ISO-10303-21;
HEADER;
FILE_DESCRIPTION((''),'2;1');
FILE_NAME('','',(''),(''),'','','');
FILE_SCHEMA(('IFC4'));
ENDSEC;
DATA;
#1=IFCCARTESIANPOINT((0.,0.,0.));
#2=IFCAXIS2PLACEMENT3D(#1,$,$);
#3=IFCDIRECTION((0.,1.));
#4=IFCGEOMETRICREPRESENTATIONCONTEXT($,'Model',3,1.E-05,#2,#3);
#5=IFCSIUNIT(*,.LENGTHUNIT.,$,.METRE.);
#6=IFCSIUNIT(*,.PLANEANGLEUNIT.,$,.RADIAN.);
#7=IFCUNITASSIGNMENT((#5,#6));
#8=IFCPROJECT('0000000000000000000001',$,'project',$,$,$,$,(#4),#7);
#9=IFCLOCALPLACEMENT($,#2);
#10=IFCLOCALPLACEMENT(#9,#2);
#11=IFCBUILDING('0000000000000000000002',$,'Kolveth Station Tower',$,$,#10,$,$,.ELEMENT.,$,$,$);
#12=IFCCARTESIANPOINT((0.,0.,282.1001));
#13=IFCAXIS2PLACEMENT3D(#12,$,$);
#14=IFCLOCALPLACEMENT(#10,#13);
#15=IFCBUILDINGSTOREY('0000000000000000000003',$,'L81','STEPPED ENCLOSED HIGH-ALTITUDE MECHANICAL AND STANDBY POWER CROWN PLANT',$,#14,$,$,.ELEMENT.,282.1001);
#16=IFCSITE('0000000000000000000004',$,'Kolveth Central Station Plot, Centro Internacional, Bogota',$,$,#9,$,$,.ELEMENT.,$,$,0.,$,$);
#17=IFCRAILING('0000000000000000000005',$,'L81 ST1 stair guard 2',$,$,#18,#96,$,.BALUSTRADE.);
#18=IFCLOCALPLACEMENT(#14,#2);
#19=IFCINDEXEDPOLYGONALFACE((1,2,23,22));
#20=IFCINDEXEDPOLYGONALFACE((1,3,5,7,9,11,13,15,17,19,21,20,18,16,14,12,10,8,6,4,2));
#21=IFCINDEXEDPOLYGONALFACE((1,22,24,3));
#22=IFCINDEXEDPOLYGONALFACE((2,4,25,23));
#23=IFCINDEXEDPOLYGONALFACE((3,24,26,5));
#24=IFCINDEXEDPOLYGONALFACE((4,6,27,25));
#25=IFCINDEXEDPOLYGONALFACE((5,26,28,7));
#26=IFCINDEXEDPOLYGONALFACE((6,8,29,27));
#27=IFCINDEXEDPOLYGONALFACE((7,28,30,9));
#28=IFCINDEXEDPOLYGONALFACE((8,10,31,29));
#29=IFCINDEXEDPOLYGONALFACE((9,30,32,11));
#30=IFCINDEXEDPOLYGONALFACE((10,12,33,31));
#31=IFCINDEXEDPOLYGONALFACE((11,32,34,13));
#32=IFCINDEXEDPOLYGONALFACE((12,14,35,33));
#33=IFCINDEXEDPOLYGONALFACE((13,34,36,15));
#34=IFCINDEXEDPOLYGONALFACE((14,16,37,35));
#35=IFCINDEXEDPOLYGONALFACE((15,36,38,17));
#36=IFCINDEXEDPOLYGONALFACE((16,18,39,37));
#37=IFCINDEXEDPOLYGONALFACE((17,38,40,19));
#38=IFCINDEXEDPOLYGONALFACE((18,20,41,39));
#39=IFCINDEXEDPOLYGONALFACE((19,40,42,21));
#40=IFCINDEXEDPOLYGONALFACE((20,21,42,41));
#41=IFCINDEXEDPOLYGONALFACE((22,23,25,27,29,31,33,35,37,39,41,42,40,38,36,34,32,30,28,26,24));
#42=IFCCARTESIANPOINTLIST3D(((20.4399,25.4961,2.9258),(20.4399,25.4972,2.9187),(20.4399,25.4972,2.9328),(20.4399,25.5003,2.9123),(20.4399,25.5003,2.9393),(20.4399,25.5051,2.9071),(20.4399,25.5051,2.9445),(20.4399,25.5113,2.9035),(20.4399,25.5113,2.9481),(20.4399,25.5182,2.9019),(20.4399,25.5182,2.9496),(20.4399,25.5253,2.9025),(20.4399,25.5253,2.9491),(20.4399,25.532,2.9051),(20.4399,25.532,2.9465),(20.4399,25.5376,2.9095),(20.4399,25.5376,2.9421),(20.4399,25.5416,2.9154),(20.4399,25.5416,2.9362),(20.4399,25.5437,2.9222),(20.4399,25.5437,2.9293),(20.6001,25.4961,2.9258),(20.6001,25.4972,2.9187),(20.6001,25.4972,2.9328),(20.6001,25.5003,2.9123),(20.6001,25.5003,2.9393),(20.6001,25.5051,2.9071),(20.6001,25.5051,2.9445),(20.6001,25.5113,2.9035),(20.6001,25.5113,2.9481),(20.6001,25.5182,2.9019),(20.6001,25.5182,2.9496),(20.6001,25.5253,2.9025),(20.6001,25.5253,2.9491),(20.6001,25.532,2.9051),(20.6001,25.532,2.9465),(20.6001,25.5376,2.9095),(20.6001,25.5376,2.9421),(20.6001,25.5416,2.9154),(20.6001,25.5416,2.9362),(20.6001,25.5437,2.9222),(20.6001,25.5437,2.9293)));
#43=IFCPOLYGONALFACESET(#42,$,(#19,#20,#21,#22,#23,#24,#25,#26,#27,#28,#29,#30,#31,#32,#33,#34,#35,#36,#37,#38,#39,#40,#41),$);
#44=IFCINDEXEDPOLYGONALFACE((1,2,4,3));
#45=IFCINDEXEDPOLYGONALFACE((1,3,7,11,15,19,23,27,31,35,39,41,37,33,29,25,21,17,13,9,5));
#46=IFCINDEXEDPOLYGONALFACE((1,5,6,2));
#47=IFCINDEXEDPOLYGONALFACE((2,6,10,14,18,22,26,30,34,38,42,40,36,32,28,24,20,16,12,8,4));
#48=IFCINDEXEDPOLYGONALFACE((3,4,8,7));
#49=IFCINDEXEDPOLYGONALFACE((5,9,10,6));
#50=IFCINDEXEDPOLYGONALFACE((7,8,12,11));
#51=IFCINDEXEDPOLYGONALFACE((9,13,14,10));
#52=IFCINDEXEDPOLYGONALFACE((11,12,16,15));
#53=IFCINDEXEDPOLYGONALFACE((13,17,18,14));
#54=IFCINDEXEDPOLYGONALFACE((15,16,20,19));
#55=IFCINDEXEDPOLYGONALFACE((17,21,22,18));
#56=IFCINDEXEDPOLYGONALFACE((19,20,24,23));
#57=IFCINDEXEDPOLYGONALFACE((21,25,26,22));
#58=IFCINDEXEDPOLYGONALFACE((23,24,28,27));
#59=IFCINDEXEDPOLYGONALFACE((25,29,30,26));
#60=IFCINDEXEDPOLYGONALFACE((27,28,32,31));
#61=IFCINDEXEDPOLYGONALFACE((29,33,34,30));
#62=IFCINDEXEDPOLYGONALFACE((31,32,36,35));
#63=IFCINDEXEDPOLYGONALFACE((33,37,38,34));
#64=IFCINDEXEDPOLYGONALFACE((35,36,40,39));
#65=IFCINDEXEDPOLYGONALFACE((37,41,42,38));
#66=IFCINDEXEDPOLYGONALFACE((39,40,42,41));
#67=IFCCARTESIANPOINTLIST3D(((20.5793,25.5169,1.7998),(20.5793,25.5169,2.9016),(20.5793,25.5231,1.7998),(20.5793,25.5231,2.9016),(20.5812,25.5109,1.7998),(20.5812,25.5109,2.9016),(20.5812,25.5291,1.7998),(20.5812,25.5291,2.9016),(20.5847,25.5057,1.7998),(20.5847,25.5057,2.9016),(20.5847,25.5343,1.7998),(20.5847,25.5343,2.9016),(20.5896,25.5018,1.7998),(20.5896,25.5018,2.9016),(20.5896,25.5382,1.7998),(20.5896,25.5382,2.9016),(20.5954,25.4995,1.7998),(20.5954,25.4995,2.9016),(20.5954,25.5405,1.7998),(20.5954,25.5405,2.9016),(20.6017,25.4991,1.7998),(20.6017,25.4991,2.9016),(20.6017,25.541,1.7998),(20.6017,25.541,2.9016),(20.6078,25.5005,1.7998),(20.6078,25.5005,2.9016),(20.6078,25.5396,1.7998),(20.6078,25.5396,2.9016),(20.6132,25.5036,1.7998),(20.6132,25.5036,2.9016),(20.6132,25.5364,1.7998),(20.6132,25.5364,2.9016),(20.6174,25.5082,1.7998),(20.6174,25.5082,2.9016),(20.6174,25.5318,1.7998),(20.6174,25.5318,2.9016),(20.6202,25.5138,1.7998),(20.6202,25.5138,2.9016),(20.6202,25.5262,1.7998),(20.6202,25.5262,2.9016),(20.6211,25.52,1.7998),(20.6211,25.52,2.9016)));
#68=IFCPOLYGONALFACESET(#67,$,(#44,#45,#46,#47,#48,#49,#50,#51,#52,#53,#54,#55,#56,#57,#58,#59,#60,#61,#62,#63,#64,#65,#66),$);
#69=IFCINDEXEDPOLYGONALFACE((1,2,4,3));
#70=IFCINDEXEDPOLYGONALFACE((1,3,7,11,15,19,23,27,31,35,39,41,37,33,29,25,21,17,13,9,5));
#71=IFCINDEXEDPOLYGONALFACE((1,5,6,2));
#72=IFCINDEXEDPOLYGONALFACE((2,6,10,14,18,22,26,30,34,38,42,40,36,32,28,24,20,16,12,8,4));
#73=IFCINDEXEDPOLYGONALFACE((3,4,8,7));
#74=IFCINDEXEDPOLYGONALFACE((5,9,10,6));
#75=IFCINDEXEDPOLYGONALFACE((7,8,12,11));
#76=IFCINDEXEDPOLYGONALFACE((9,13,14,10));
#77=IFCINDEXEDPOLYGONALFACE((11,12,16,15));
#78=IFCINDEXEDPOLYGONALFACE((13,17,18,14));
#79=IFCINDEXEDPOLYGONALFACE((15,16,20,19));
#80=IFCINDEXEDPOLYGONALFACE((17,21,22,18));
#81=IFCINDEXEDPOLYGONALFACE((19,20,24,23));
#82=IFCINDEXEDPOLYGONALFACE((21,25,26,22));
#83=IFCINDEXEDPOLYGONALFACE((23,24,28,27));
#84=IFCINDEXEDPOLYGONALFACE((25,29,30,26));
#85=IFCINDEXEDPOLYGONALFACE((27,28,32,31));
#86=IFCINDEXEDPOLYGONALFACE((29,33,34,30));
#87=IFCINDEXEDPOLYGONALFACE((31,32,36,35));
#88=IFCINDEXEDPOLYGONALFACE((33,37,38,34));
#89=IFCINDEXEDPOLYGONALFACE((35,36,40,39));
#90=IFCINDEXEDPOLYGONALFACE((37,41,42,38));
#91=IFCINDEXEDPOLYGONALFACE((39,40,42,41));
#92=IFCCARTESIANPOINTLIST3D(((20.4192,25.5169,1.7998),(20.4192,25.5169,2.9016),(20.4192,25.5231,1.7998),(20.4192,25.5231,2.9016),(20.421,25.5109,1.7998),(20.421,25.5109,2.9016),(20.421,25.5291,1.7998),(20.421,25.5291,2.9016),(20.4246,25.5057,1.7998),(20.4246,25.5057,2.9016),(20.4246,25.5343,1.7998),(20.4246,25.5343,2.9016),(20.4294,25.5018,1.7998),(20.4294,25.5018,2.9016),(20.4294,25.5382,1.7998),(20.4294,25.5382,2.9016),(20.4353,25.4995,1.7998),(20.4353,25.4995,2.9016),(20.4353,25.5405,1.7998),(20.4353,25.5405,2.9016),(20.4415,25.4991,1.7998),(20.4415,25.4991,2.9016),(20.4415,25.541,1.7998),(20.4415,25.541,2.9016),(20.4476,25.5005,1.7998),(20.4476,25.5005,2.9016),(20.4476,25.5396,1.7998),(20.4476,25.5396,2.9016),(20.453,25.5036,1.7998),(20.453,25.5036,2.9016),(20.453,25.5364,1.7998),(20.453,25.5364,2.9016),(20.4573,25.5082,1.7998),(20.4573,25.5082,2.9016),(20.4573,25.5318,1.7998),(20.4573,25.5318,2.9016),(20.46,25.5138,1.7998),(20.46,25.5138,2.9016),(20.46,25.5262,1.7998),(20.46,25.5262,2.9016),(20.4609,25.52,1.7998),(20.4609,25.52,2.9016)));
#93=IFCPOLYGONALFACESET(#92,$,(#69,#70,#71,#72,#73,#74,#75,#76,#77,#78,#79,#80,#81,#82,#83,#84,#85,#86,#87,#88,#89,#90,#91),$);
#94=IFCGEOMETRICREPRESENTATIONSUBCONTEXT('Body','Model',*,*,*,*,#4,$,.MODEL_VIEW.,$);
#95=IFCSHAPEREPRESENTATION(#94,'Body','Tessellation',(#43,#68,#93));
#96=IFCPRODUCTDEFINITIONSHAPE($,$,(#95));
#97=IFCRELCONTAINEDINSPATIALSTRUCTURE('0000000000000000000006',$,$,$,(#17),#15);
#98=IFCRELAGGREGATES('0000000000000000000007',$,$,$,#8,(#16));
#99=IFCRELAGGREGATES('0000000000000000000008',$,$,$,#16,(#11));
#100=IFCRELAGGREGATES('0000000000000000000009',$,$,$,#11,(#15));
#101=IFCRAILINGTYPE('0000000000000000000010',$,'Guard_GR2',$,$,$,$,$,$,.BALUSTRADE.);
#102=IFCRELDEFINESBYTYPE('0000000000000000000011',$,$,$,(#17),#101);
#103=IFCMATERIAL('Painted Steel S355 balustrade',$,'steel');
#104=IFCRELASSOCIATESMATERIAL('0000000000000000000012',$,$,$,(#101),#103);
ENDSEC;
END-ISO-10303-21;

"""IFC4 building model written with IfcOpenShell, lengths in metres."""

from ifc_helpers import new_model, si_unit, direction, frame, origin, origin_2d, place, context, subcontext, project, spatial, circle, extrude, material, type_object, element, save


model = new_model("IFC4")

# Units and contexts
model_context = context("Model", 3, precision=1e-05, world=origin(), true_north=direction((0.0, 1.0)))
body_context = subcontext(model_context, "Body", "Model", "MODEL_VIEW")
ifc_project = project(units=[si_unit("LENGTHUNIT", "METRE"), si_unit("PLANEANGLEUNIT", "RADIAN")], contexts=[model_context])

# Site, building, storey
site_placement = place(None, origin())
site = spatial("IfcSite", under=ifc_project, at=site_placement, Name="Kolveth Central Station Plot, Centro Internacional, Bogota", CompositionType="ELEMENT", RefElevation=0.0)
building_placement = place(site_placement, origin())
building = spatial("IfcBuilding", under=site, at=building_placement, Name="Kolveth Station Tower", CompositionType="ELEMENT")
storey_placement = place(building_placement, frame((0.0, 0.0, 282.1001)))
storey = spatial("IfcBuildingStorey", under=building, at=storey_placement, Name="L81", Description="STEPPED ENCLOSED HIGH-ALTITUDE MECHANICAL AND STANDBY POWER CROWN PLANT", CompositionType="ELEMENT", Elevation=282.1001)

# Railing
ifc_material_1 = material(Name="Painted Steel S355 balustrade", Category="steel")
railing_type_1 = type_object("IfcRailingType", Name="Guard_GR2", PredefinedType="BALUSTRADE", material=ifc_material_1)
railing_1_placement = place(storey_placement, frame((20.6001, 25.52, 1.7998)))
element("IfcRailing", 1, at=railing_1_placement, inside=storey, type_object=railing_type_1, Name="L81 ST1 stair guard 2", PredefinedType="BALUSTRADE", context=body_context, shape_type="SweptSolid", body=[
    extrude(circle(Radius=0.0239, at=origin_2d()), frame((0.0, 0.0, 1.126), z_axis=(-1.0, 0.0, 0.0), x_axis=(0.0, -1.0, 0.0)), (0.0, 0.0, 1.0), 0.1602),
    extrude(circle(Radius=0.021, at=origin_2d()), origin(), (0.0, 0.0, 1.0), 1.1018),
    extrude(circle(Radius=0.021, at=origin_2d()), frame((-0.1602, 0.0, 0.0)), (0.0, 0.0, 1.0), 1.1018),
])

save(model, "model.ifc")
